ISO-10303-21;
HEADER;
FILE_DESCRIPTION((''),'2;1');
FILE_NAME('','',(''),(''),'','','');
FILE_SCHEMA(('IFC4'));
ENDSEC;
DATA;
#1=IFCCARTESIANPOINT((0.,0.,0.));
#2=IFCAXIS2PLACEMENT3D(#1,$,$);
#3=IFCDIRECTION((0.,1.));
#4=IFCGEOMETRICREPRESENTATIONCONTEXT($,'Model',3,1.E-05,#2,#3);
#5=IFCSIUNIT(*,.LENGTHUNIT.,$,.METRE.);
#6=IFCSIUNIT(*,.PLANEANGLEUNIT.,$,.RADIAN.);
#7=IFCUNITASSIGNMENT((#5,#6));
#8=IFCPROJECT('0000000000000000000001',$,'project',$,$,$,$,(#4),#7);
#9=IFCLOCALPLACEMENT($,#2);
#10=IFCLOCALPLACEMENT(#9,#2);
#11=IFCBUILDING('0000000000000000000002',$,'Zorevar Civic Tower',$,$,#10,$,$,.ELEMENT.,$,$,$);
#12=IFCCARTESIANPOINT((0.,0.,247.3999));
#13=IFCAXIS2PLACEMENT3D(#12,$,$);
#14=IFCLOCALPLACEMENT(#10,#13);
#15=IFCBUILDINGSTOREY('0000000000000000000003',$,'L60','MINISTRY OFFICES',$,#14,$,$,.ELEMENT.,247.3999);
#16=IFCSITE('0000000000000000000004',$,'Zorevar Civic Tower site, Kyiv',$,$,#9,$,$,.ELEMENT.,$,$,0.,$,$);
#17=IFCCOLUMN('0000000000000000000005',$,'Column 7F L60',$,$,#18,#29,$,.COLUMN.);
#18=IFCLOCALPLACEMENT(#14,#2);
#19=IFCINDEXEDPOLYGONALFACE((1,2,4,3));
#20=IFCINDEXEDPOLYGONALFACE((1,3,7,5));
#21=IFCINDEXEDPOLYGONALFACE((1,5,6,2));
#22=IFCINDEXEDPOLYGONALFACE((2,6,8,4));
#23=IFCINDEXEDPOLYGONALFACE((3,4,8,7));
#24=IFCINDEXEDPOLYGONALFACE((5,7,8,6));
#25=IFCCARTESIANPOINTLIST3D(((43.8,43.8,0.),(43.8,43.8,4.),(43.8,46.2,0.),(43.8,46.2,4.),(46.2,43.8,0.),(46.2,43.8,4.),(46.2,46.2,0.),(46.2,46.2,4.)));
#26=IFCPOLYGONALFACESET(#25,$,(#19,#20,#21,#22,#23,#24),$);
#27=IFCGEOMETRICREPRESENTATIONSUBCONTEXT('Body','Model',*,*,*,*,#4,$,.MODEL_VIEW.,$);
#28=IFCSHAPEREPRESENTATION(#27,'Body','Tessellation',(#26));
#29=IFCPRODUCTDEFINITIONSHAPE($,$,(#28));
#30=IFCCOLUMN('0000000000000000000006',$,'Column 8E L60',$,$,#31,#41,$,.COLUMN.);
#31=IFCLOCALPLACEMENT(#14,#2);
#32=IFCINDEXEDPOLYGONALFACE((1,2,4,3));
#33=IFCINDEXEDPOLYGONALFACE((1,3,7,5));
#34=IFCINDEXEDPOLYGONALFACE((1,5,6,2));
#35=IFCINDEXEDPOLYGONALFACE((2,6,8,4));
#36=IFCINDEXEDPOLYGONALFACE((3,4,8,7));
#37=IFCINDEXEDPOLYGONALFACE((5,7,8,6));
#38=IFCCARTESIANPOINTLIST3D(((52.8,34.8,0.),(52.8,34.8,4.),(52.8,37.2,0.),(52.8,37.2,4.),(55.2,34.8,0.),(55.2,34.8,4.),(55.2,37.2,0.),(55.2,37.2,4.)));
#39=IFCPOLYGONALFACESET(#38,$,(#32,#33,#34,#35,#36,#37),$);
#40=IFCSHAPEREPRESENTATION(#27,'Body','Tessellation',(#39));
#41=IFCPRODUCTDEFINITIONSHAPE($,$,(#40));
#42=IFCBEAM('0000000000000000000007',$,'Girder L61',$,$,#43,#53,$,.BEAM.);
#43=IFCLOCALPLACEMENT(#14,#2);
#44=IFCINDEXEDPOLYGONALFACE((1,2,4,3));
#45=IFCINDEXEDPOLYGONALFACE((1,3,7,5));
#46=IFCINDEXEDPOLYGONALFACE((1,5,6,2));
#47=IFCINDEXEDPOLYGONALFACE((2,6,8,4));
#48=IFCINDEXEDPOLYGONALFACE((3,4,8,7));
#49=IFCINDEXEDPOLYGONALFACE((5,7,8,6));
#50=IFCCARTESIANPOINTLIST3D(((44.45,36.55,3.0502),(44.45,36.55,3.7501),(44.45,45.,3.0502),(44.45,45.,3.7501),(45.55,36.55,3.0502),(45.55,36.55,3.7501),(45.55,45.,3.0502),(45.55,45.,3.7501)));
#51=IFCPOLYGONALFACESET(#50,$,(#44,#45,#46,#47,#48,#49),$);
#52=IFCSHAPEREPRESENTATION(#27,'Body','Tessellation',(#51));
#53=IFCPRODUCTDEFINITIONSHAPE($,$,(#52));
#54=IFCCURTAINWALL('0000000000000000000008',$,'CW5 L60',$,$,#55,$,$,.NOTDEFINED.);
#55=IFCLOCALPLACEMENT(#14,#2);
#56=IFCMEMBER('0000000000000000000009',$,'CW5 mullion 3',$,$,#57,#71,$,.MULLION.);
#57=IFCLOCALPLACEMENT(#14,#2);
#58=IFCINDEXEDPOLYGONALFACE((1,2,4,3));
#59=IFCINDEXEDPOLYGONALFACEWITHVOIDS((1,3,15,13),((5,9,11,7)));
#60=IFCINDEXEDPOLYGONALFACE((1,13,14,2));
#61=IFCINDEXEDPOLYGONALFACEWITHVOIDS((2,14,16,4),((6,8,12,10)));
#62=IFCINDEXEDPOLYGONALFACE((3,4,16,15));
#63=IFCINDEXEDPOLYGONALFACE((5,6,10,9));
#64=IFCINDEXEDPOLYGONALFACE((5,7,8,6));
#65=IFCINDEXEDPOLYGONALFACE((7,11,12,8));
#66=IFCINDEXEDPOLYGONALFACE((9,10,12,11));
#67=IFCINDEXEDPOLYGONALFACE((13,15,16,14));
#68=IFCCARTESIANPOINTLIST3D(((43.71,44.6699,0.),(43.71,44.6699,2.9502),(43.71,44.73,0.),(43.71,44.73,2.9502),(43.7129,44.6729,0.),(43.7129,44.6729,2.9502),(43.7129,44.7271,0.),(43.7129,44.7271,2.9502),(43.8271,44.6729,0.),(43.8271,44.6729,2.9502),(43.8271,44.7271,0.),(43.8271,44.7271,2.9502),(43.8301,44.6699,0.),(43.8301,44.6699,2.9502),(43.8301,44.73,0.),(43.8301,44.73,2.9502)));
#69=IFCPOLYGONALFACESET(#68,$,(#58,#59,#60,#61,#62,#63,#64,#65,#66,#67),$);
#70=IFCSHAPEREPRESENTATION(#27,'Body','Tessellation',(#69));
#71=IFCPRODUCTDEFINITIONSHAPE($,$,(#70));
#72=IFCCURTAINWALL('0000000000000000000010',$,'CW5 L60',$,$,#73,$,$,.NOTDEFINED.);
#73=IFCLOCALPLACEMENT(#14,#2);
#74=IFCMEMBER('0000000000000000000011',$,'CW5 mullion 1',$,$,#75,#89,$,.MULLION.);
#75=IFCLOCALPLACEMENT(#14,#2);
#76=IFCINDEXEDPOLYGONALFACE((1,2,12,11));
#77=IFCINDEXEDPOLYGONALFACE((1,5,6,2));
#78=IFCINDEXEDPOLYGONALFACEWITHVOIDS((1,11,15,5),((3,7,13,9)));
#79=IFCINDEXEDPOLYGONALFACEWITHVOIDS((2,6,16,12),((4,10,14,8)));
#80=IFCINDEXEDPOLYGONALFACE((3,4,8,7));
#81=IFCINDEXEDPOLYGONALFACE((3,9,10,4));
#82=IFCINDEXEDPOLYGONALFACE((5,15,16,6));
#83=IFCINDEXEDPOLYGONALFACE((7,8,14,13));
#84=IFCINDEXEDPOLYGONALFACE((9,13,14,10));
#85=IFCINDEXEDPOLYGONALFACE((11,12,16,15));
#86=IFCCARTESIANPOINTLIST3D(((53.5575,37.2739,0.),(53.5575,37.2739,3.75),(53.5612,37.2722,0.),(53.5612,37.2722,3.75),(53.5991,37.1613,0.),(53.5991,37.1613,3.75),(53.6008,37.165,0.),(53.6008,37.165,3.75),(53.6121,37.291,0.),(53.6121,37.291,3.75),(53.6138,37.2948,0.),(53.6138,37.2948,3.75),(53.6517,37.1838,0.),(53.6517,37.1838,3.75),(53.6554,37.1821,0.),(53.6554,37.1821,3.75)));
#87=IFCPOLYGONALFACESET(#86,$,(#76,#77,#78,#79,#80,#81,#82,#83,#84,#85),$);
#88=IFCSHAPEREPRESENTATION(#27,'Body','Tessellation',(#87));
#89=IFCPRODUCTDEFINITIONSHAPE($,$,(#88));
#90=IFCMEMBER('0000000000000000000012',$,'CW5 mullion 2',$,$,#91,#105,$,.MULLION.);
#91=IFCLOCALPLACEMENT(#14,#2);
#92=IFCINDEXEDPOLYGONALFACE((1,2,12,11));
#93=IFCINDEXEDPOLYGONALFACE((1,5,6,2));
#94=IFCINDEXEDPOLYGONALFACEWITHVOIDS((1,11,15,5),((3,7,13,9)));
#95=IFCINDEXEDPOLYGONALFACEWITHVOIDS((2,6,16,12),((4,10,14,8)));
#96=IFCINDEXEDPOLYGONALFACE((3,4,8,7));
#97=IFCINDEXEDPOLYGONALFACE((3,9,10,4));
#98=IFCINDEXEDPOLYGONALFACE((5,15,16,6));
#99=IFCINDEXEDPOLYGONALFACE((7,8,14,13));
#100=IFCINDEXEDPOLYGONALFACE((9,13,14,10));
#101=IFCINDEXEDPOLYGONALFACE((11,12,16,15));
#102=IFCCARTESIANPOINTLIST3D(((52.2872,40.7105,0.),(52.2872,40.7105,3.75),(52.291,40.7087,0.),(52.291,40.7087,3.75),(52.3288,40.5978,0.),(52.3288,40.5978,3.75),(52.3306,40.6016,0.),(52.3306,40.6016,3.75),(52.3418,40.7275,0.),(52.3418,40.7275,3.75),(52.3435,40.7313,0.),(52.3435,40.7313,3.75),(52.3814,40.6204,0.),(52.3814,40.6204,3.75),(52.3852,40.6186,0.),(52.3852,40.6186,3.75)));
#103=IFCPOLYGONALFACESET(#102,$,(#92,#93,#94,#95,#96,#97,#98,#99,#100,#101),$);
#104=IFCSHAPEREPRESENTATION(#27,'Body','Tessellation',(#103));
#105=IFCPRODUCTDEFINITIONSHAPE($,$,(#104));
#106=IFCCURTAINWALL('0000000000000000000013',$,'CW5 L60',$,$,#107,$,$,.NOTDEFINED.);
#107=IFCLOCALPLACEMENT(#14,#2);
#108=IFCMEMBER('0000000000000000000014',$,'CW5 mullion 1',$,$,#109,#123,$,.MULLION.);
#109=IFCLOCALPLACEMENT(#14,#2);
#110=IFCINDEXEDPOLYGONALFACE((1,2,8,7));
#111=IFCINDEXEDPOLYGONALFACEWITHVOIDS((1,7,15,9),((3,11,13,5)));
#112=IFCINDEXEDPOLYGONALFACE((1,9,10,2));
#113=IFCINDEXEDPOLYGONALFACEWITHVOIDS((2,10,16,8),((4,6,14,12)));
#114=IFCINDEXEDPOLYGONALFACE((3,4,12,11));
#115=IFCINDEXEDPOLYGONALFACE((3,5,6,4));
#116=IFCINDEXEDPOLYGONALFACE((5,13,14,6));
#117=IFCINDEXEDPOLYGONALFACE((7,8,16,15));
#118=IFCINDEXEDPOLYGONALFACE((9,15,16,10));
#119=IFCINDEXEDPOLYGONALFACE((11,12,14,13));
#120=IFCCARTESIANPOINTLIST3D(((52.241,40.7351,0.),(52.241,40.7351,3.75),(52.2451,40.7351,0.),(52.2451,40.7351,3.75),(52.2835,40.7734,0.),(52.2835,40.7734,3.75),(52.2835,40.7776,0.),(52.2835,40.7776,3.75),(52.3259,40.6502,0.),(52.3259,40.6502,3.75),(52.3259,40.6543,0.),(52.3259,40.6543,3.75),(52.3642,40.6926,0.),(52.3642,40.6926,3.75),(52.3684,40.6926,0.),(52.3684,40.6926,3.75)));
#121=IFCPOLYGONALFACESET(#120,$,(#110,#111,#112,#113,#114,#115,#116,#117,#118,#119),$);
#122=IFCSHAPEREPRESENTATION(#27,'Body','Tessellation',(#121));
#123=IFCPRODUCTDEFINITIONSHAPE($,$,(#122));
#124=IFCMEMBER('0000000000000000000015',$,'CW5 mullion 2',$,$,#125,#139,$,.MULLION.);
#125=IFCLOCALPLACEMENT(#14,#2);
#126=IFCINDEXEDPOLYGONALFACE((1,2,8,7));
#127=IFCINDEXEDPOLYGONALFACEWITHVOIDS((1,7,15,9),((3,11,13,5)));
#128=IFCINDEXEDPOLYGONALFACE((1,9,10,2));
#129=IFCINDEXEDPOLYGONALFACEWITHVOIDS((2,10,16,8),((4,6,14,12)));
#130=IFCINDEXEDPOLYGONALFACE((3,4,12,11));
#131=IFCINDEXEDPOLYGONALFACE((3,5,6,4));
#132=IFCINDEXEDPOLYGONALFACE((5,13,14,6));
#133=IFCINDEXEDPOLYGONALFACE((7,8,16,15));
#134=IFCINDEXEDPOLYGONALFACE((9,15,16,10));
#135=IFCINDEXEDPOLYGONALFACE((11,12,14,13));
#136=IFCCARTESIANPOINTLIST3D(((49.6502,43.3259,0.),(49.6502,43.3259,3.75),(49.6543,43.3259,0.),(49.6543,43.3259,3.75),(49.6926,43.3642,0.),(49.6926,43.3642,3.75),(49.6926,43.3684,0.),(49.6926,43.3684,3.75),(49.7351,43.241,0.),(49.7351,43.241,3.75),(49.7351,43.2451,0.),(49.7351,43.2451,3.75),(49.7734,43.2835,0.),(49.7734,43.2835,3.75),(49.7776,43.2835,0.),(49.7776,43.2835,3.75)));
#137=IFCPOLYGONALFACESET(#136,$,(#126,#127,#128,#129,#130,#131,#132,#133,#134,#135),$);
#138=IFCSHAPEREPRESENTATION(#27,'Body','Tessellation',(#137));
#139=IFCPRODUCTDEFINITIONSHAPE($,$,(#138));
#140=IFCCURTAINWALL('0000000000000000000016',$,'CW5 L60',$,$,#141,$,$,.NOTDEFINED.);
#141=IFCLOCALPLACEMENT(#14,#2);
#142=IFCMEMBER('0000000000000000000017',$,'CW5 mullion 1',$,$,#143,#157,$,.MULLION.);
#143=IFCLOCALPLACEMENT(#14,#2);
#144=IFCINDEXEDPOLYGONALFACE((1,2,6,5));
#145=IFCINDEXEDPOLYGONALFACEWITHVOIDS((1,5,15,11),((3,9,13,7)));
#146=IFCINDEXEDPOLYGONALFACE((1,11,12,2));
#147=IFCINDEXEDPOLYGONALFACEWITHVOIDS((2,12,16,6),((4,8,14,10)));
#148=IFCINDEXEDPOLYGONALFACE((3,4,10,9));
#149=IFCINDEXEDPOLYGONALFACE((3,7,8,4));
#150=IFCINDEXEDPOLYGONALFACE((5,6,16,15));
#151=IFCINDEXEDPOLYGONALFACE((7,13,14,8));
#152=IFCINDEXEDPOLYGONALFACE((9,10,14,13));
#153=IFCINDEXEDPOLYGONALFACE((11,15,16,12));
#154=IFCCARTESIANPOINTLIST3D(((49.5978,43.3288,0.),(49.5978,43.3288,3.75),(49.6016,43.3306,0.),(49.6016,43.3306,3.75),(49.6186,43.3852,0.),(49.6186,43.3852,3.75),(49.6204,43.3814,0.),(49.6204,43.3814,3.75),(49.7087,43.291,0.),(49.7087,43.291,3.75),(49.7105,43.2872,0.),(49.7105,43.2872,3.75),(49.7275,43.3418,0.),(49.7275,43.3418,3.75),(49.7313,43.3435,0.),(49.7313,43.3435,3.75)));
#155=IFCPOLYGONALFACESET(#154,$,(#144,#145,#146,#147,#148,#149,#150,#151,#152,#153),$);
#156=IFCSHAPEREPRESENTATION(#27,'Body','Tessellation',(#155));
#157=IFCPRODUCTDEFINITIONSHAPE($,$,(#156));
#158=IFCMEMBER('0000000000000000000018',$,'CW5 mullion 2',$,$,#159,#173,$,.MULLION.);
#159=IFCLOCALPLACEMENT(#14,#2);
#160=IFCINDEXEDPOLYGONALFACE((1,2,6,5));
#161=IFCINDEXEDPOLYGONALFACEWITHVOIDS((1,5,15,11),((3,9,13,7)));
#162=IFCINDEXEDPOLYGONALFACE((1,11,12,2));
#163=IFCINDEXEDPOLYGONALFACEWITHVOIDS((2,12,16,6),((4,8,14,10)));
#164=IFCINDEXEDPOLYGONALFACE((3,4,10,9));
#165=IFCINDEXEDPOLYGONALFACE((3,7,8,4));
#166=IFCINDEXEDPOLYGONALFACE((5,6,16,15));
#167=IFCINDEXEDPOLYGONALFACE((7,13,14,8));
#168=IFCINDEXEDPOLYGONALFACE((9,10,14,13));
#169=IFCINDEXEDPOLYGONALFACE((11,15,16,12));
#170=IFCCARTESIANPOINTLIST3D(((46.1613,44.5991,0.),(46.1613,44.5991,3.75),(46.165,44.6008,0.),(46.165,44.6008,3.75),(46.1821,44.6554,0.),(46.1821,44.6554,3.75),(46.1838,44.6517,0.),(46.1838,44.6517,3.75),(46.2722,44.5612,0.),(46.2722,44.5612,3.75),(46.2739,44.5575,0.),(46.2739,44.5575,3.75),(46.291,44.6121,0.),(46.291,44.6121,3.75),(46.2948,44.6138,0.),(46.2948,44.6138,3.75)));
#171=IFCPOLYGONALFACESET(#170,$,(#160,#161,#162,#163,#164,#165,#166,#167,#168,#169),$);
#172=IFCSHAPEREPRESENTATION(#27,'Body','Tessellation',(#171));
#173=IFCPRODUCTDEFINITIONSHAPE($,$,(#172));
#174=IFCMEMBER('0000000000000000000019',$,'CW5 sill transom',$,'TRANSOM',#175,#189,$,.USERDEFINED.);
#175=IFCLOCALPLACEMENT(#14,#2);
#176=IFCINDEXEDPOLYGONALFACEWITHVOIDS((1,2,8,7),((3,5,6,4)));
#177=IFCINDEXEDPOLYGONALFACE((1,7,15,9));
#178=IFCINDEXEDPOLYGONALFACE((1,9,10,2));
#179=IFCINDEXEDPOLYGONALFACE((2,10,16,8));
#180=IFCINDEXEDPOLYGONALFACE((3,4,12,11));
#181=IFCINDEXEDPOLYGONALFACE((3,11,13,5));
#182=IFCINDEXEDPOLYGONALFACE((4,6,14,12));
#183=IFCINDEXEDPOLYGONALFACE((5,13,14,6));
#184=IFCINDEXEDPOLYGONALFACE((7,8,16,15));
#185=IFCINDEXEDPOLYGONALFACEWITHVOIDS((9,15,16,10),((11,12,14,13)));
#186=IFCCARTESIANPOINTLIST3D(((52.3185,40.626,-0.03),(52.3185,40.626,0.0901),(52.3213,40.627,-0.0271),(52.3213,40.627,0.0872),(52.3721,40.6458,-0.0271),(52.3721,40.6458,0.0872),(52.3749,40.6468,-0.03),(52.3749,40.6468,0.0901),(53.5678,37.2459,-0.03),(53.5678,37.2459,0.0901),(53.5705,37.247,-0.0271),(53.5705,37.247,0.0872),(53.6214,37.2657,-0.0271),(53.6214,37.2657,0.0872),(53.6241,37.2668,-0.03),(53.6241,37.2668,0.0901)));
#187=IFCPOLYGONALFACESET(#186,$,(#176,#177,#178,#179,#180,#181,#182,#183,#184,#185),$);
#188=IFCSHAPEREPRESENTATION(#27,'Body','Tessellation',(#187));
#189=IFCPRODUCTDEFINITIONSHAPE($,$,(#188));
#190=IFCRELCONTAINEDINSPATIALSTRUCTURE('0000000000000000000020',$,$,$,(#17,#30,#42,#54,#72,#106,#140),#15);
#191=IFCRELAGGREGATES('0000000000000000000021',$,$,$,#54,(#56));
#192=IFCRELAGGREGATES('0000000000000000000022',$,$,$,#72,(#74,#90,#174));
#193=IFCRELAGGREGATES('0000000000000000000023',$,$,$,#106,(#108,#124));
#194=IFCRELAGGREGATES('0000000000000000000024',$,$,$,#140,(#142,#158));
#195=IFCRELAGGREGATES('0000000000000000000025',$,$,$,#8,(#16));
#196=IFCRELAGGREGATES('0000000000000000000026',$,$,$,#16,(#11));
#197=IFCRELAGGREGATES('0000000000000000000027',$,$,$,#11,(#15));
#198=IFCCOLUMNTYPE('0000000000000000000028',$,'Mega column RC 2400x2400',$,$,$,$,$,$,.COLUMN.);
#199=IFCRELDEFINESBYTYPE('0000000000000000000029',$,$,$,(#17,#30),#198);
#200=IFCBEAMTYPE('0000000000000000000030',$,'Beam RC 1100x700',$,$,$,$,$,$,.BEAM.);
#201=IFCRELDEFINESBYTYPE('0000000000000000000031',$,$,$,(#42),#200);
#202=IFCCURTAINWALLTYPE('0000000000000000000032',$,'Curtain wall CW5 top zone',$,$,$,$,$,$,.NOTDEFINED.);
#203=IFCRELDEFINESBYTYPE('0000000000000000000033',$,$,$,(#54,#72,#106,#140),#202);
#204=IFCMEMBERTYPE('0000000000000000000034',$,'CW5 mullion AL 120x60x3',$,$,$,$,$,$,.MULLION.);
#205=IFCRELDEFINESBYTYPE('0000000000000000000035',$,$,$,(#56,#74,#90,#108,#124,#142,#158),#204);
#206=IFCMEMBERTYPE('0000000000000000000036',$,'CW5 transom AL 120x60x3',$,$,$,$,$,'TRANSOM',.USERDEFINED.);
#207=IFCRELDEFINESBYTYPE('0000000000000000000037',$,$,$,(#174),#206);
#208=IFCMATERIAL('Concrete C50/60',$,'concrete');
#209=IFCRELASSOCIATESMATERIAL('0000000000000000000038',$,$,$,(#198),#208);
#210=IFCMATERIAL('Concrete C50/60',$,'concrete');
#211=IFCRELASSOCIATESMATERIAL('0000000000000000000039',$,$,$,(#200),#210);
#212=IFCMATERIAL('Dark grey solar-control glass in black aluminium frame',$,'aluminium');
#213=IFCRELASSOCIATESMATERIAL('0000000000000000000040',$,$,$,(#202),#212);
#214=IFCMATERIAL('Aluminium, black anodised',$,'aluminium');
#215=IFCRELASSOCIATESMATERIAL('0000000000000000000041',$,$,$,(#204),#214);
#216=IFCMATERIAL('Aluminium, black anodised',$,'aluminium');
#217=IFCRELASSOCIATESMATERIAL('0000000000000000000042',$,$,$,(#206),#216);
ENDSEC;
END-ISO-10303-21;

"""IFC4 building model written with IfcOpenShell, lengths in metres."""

from ifc_helpers import new_model, si_unit, direction, frame, origin, origin_2d, place, context, subcontext, project, spatial, rectangle, hollow_rectangle, extrude, material, material_profile, profile_set, type_object, element, aggregate, save


model = new_model("IFC4")

# Units and contexts
model_context = context("Model", 3, precision=1e-05, world=origin(), true_north=direction((0.0, 1.0)))
body_context = subcontext(model_context, "Body", "Model", "MODEL_VIEW")
ifc_project = project(units=[si_unit("LENGTHUNIT", "METRE"), si_unit("PLANEANGLEUNIT", "RADIAN")], contexts=[model_context])

# Site, building, storey
site_placement = place(None, origin())
site = spatial("IfcSite", under=ifc_project, at=site_placement, Name="Zorevar Civic Tower site, Kyiv", CompositionType="ELEMENT", RefElevation=0.0)
building_placement = place(site_placement, origin())
building = spatial("IfcBuilding", under=site, at=building_placement, Name="Zorevar Civic Tower", CompositionType="ELEMENT")
storey_placement = place(building_placement, frame((0.0, 0.0, 247.3999)))
storey = spatial("IfcBuildingStorey", under=building, at=storey_placement, Name="L60", Description="MINISTRY OFFICES", CompositionType="ELEMENT", Elevation=247.3999)

# Columns
ifc_material_1 = material(Name="Concrete C50/60", Category="concrete")
ifc_material_profile_1 = material_profile(ifc_material_1, rectangle(XDim=2.3999, YDim=2.3999, at=origin_2d()), Name="RC 2400x2400")
ifc_profile_set_1 = profile_set([ifc_material_profile_1], Name="Concrete C50/60")
column_type = type_object("IfcColumnType", Name="Mega column RC 2400x2400", PredefinedType="COLUMN", material=ifc_profile_set_1)
for number, where, z_axis, x_axis, name in (
    (1, (45.0, 45.0, 0.0), (0.0, 0.0, 1.0), (1.0, 0.0, 0.0), "Column 7F L60"),
    (2, (54.0, 36.0, 0.0), (0.0, 0.0, 1.0), (1.0, 0.0, 0.0), "Column 8E L60"),
):
    element("IfcColumn", number, at=place(storey_placement, frame(where, z_axis=z_axis, x_axis=x_axis)), inside=storey, type_object=column_type, Name=name, PredefinedType="COLUMN", context=body_context, shape_type="SweptSolid", body=[
        extrude(rectangle(XDim=2.3999, YDim=2.3999, at=origin_2d()), origin(), (0.0, 0.0, 1.0), 4.0),
    ])

# Beam
ifc_material_2 = material(Name="Concrete C50/60", Category="concrete")
ifc_material_profile_2 = material_profile(ifc_material_2, rectangle(XDim=1.1001, YDim=0.7, at=origin_2d()), Name="RC 1100x700")
ifc_profile_set_2 = profile_set([ifc_material_profile_2], Name="Concrete C50/60")
beam_type_1 = type_object("IfcBeamType", Name="Beam RC 1100x700", PredefinedType="BEAM", material=ifc_profile_set_2)
beam_1_placement = place(storey_placement, frame((45.0, 36.55, 3.4001), z_axis=(0.0, 1.0, 0.0), x_axis=(-1.0, 0.0, 0.0)))
element("IfcBeam", 3, at=beam_1_placement, inside=storey, type_object=beam_type_1, Name="Girder L61", PredefinedType="BEAM", context=body_context, shape_type="SweptSolid", body=[
    extrude(rectangle(XDim=1.1001, YDim=0.7, at=origin_2d()), origin(), (0.0, 0.0, 1.0), 8.45),
])

# Curtain wall, member
ifc_material_3 = material(Name="Dark grey solar-control glass in black aluminium frame", Category="aluminium")
curtain_wall_type = type_object("IfcCurtainWallType", Name="Curtain wall CW5 top zone", PredefinedType="NOTDEFINED", material=ifc_material_3)
curtain_wall_1_placement = place(storey_placement, origin())
curtain_wall_1 = element("IfcCurtainWall", 4, at=curtain_wall_1_placement, inside=storey, type_object=curtain_wall_type, Name="CW5 L60", PredefinedType="NOTDEFINED")
ifc_material_4 = material(Name="Aluminium, black anodised", Category="aluminium")
ifc_material_profile_3 = material_profile(ifc_material_4, hollow_rectangle(XDim=0.0601, YDim=0.1201, WallThickness=0.0029, at=origin_2d()), Name="AL 120x60x3")
ifc_profile_set_3 = profile_set([ifc_material_profile_3], Name="Aluminium, black anodised")
member_type_1 = type_object("IfcMemberType", Name="CW5 mullion AL 120x60x3", PredefinedType="MULLION", material=ifc_profile_set_3)
member_1_placement = place(storey_placement, frame((43.77, 44.7, 0.0), z_axis=(0.0, 0.0, 1.0), x_axis=(0.0, 1.0, 0.0)))
member_1 = element("IfcMember", 5, at=member_1_placement, type_object=member_type_1, Name="CW5 mullion 3", PredefinedType="MULLION", context=body_context, shape_type="SweptSolid", body=[
    extrude(hollow_rectangle(XDim=0.0601, YDim=0.1201, WallThickness=0.0029, at=origin_2d()), origin(), (0.0, 0.0, 1.0), 2.9502),
])

# Curtain walls, members
curtain_wall_2_placement = place(storey_placement, origin())
curtain_wall_2 = element("IfcCurtainWall", 6, at=curtain_wall_2_placement, inside=storey, type_object=curtain_wall_type, Name="CW5 L60", PredefinedType="NOTDEFINED")
member_2_placement = place(storey_placement, frame((53.6064, 37.228, 0.0), z_axis=(0.0, 0.0, 1.0), x_axis=(-0.937975, -0.346704, 0.0)))
member_2 = element("IfcMember", 7, at=member_2_placement, type_object=member_type_1, Name="CW5 mullion 1", PredefinedType="MULLION", context=body_context, shape_type="SweptSolid", body=[
    extrude(hollow_rectangle(XDim=0.0601, YDim=0.1201, WallThickness=0.0029, at=origin_2d()), origin(), (0.0, 0.0, 1.0), 3.75),
])
member_3_placement = place(storey_placement, frame((52.3362, 40.6646, 0.0), z_axis=(0.0, 0.0, 1.0), x_axis=(-0.937975, -0.346704, 0.0)))
member_3 = element("IfcMember", 8, at=member_3_placement, type_object=member_type_1, Name="CW5 mullion 2", PredefinedType="MULLION", context=body_context, shape_type="SweptSolid", body=[
    extrude(hollow_rectangle(XDim=0.0601, YDim=0.1201, WallThickness=0.0029, at=origin_2d()), origin(), (0.0, 0.0, 1.0), 3.75),
])
curtain_wall_3_placement = place(storey_placement, origin())
curtain_wall_3 = element("IfcCurtainWall", 9, at=curtain_wall_3_placement, inside=storey, type_object=curtain_wall_type, Name="CW5 L60", PredefinedType="NOTDEFINED")
member_4_placement = place(storey_placement, frame((52.3047, 40.7139, 0.0), z_axis=(0.0, 0.0, 1.0), x_axis=(-0.707107, -0.707107, 0.0)))
member_4 = element("IfcMember", 10, at=member_4_placement, type_object=member_type_1, Name="CW5 mullion 1", PredefinedType="MULLION", context=body_context, shape_type="SweptSolid", body=[
    extrude(hollow_rectangle(XDim=0.0601, YDim=0.1201, WallThickness=0.0029, at=origin_2d()), origin(), (0.0, 0.0, 1.0), 3.75),
])
member_5_placement = place(storey_placement, frame((49.7139, 43.3047, 0.0), z_axis=(0.0, 0.0, 1.0), x_axis=(-0.707107, -0.707107, 0.0)))
member_5 = element("IfcMember", 11, at=member_5_placement, type_object=member_type_1, Name="CW5 mullion 2", PredefinedType="MULLION", context=body_context, shape_type="SweptSolid", body=[
    extrude(hollow_rectangle(XDim=0.0601, YDim=0.1201, WallThickness=0.0029, at=origin_2d()), origin(), (0.0, 0.0, 1.0), 3.75),
])
curtain_wall_4_placement = place(storey_placement, origin())
curtain_wall_4 = element("IfcCurtainWall", 12, at=curtain_wall_4_placement, inside=storey, type_object=curtain_wall_type, Name="CW5 L60", PredefinedType="NOTDEFINED")
member_6_placement = place(storey_placement, frame((49.6646, 43.3362, 0.0), z_axis=(0.0, 0.0, 1.0), x_axis=(-0.346704, -0.937975, 0.0)))
member_6 = element("IfcMember", 13, at=member_6_placement, type_object=member_type_1, Name="CW5 mullion 1", PredefinedType="MULLION", context=body_context, shape_type="SweptSolid", body=[
    extrude(hollow_rectangle(XDim=0.0601, YDim=0.1201, WallThickness=0.0029, at=origin_2d()), origin(), (0.0, 0.0, 1.0), 3.75),
])
member_7_placement = place(storey_placement, frame((46.228, 44.6064, 0.0), z_axis=(0.0, 0.0, 1.0), x_axis=(-0.346704, -0.937975, 0.0)))
member_7 = element("IfcMember", 14, at=member_7_placement, type_object=member_type_1, Name="CW5 mullion 2", PredefinedType="MULLION", context=body_context, shape_type="SweptSolid", body=[
    extrude(hollow_rectangle(XDim=0.0601, YDim=0.1201, WallThickness=0.0029, at=origin_2d()), origin(), (0.0, 0.0, 1.0), 3.75),
])

# Member
ifc_material_5 = material(Name="Aluminium, black anodised", Category="aluminium")
ifc_material_profile_4 = material_profile(ifc_material_5, hollow_rectangle(XDim=0.0601, YDim=0.1201, WallThickness=0.0029, at=origin_2d()), Name="AL 120x60x3")
ifc_profile_set_4 = profile_set([ifc_material_profile_4], Name="Aluminium, black anodised")
member_type_2 = type_object("IfcMemberType", Name="CW5 transom AL 120x60x3", ElementType="TRANSOM", PredefinedType="USERDEFINED", material=ifc_profile_set_4)
member_8_placement = place(storey_placement, frame((53.5959, 37.2563, 0.03), z_axis=(-0.346672, 0.937986, 0.0), x_axis=(-0.937986, -0.346672, 0.0)))
member_8 = element("IfcMember", 15, at=member_8_placement, type_object=member_type_2, Name="CW5 sill transom", ObjectType="TRANSOM", PredefinedType="USERDEFINED", context=body_context, shape_type="SweptSolid", body=[
    extrude(hollow_rectangle(XDim=0.0601, YDim=0.1201, WallThickness=0.0029, at=origin_2d()), origin(), (0.0, 0.0, 1.0), 3.6035),
])

aggregate(curtain_wall_1, [member_1])
aggregate(curtain_wall_2, [member_2, member_3, member_8])
aggregate(curtain_wall_3, [member_4, member_5])
aggregate(curtain_wall_4, [member_6, member_7])

save(model, "model.ifc")
